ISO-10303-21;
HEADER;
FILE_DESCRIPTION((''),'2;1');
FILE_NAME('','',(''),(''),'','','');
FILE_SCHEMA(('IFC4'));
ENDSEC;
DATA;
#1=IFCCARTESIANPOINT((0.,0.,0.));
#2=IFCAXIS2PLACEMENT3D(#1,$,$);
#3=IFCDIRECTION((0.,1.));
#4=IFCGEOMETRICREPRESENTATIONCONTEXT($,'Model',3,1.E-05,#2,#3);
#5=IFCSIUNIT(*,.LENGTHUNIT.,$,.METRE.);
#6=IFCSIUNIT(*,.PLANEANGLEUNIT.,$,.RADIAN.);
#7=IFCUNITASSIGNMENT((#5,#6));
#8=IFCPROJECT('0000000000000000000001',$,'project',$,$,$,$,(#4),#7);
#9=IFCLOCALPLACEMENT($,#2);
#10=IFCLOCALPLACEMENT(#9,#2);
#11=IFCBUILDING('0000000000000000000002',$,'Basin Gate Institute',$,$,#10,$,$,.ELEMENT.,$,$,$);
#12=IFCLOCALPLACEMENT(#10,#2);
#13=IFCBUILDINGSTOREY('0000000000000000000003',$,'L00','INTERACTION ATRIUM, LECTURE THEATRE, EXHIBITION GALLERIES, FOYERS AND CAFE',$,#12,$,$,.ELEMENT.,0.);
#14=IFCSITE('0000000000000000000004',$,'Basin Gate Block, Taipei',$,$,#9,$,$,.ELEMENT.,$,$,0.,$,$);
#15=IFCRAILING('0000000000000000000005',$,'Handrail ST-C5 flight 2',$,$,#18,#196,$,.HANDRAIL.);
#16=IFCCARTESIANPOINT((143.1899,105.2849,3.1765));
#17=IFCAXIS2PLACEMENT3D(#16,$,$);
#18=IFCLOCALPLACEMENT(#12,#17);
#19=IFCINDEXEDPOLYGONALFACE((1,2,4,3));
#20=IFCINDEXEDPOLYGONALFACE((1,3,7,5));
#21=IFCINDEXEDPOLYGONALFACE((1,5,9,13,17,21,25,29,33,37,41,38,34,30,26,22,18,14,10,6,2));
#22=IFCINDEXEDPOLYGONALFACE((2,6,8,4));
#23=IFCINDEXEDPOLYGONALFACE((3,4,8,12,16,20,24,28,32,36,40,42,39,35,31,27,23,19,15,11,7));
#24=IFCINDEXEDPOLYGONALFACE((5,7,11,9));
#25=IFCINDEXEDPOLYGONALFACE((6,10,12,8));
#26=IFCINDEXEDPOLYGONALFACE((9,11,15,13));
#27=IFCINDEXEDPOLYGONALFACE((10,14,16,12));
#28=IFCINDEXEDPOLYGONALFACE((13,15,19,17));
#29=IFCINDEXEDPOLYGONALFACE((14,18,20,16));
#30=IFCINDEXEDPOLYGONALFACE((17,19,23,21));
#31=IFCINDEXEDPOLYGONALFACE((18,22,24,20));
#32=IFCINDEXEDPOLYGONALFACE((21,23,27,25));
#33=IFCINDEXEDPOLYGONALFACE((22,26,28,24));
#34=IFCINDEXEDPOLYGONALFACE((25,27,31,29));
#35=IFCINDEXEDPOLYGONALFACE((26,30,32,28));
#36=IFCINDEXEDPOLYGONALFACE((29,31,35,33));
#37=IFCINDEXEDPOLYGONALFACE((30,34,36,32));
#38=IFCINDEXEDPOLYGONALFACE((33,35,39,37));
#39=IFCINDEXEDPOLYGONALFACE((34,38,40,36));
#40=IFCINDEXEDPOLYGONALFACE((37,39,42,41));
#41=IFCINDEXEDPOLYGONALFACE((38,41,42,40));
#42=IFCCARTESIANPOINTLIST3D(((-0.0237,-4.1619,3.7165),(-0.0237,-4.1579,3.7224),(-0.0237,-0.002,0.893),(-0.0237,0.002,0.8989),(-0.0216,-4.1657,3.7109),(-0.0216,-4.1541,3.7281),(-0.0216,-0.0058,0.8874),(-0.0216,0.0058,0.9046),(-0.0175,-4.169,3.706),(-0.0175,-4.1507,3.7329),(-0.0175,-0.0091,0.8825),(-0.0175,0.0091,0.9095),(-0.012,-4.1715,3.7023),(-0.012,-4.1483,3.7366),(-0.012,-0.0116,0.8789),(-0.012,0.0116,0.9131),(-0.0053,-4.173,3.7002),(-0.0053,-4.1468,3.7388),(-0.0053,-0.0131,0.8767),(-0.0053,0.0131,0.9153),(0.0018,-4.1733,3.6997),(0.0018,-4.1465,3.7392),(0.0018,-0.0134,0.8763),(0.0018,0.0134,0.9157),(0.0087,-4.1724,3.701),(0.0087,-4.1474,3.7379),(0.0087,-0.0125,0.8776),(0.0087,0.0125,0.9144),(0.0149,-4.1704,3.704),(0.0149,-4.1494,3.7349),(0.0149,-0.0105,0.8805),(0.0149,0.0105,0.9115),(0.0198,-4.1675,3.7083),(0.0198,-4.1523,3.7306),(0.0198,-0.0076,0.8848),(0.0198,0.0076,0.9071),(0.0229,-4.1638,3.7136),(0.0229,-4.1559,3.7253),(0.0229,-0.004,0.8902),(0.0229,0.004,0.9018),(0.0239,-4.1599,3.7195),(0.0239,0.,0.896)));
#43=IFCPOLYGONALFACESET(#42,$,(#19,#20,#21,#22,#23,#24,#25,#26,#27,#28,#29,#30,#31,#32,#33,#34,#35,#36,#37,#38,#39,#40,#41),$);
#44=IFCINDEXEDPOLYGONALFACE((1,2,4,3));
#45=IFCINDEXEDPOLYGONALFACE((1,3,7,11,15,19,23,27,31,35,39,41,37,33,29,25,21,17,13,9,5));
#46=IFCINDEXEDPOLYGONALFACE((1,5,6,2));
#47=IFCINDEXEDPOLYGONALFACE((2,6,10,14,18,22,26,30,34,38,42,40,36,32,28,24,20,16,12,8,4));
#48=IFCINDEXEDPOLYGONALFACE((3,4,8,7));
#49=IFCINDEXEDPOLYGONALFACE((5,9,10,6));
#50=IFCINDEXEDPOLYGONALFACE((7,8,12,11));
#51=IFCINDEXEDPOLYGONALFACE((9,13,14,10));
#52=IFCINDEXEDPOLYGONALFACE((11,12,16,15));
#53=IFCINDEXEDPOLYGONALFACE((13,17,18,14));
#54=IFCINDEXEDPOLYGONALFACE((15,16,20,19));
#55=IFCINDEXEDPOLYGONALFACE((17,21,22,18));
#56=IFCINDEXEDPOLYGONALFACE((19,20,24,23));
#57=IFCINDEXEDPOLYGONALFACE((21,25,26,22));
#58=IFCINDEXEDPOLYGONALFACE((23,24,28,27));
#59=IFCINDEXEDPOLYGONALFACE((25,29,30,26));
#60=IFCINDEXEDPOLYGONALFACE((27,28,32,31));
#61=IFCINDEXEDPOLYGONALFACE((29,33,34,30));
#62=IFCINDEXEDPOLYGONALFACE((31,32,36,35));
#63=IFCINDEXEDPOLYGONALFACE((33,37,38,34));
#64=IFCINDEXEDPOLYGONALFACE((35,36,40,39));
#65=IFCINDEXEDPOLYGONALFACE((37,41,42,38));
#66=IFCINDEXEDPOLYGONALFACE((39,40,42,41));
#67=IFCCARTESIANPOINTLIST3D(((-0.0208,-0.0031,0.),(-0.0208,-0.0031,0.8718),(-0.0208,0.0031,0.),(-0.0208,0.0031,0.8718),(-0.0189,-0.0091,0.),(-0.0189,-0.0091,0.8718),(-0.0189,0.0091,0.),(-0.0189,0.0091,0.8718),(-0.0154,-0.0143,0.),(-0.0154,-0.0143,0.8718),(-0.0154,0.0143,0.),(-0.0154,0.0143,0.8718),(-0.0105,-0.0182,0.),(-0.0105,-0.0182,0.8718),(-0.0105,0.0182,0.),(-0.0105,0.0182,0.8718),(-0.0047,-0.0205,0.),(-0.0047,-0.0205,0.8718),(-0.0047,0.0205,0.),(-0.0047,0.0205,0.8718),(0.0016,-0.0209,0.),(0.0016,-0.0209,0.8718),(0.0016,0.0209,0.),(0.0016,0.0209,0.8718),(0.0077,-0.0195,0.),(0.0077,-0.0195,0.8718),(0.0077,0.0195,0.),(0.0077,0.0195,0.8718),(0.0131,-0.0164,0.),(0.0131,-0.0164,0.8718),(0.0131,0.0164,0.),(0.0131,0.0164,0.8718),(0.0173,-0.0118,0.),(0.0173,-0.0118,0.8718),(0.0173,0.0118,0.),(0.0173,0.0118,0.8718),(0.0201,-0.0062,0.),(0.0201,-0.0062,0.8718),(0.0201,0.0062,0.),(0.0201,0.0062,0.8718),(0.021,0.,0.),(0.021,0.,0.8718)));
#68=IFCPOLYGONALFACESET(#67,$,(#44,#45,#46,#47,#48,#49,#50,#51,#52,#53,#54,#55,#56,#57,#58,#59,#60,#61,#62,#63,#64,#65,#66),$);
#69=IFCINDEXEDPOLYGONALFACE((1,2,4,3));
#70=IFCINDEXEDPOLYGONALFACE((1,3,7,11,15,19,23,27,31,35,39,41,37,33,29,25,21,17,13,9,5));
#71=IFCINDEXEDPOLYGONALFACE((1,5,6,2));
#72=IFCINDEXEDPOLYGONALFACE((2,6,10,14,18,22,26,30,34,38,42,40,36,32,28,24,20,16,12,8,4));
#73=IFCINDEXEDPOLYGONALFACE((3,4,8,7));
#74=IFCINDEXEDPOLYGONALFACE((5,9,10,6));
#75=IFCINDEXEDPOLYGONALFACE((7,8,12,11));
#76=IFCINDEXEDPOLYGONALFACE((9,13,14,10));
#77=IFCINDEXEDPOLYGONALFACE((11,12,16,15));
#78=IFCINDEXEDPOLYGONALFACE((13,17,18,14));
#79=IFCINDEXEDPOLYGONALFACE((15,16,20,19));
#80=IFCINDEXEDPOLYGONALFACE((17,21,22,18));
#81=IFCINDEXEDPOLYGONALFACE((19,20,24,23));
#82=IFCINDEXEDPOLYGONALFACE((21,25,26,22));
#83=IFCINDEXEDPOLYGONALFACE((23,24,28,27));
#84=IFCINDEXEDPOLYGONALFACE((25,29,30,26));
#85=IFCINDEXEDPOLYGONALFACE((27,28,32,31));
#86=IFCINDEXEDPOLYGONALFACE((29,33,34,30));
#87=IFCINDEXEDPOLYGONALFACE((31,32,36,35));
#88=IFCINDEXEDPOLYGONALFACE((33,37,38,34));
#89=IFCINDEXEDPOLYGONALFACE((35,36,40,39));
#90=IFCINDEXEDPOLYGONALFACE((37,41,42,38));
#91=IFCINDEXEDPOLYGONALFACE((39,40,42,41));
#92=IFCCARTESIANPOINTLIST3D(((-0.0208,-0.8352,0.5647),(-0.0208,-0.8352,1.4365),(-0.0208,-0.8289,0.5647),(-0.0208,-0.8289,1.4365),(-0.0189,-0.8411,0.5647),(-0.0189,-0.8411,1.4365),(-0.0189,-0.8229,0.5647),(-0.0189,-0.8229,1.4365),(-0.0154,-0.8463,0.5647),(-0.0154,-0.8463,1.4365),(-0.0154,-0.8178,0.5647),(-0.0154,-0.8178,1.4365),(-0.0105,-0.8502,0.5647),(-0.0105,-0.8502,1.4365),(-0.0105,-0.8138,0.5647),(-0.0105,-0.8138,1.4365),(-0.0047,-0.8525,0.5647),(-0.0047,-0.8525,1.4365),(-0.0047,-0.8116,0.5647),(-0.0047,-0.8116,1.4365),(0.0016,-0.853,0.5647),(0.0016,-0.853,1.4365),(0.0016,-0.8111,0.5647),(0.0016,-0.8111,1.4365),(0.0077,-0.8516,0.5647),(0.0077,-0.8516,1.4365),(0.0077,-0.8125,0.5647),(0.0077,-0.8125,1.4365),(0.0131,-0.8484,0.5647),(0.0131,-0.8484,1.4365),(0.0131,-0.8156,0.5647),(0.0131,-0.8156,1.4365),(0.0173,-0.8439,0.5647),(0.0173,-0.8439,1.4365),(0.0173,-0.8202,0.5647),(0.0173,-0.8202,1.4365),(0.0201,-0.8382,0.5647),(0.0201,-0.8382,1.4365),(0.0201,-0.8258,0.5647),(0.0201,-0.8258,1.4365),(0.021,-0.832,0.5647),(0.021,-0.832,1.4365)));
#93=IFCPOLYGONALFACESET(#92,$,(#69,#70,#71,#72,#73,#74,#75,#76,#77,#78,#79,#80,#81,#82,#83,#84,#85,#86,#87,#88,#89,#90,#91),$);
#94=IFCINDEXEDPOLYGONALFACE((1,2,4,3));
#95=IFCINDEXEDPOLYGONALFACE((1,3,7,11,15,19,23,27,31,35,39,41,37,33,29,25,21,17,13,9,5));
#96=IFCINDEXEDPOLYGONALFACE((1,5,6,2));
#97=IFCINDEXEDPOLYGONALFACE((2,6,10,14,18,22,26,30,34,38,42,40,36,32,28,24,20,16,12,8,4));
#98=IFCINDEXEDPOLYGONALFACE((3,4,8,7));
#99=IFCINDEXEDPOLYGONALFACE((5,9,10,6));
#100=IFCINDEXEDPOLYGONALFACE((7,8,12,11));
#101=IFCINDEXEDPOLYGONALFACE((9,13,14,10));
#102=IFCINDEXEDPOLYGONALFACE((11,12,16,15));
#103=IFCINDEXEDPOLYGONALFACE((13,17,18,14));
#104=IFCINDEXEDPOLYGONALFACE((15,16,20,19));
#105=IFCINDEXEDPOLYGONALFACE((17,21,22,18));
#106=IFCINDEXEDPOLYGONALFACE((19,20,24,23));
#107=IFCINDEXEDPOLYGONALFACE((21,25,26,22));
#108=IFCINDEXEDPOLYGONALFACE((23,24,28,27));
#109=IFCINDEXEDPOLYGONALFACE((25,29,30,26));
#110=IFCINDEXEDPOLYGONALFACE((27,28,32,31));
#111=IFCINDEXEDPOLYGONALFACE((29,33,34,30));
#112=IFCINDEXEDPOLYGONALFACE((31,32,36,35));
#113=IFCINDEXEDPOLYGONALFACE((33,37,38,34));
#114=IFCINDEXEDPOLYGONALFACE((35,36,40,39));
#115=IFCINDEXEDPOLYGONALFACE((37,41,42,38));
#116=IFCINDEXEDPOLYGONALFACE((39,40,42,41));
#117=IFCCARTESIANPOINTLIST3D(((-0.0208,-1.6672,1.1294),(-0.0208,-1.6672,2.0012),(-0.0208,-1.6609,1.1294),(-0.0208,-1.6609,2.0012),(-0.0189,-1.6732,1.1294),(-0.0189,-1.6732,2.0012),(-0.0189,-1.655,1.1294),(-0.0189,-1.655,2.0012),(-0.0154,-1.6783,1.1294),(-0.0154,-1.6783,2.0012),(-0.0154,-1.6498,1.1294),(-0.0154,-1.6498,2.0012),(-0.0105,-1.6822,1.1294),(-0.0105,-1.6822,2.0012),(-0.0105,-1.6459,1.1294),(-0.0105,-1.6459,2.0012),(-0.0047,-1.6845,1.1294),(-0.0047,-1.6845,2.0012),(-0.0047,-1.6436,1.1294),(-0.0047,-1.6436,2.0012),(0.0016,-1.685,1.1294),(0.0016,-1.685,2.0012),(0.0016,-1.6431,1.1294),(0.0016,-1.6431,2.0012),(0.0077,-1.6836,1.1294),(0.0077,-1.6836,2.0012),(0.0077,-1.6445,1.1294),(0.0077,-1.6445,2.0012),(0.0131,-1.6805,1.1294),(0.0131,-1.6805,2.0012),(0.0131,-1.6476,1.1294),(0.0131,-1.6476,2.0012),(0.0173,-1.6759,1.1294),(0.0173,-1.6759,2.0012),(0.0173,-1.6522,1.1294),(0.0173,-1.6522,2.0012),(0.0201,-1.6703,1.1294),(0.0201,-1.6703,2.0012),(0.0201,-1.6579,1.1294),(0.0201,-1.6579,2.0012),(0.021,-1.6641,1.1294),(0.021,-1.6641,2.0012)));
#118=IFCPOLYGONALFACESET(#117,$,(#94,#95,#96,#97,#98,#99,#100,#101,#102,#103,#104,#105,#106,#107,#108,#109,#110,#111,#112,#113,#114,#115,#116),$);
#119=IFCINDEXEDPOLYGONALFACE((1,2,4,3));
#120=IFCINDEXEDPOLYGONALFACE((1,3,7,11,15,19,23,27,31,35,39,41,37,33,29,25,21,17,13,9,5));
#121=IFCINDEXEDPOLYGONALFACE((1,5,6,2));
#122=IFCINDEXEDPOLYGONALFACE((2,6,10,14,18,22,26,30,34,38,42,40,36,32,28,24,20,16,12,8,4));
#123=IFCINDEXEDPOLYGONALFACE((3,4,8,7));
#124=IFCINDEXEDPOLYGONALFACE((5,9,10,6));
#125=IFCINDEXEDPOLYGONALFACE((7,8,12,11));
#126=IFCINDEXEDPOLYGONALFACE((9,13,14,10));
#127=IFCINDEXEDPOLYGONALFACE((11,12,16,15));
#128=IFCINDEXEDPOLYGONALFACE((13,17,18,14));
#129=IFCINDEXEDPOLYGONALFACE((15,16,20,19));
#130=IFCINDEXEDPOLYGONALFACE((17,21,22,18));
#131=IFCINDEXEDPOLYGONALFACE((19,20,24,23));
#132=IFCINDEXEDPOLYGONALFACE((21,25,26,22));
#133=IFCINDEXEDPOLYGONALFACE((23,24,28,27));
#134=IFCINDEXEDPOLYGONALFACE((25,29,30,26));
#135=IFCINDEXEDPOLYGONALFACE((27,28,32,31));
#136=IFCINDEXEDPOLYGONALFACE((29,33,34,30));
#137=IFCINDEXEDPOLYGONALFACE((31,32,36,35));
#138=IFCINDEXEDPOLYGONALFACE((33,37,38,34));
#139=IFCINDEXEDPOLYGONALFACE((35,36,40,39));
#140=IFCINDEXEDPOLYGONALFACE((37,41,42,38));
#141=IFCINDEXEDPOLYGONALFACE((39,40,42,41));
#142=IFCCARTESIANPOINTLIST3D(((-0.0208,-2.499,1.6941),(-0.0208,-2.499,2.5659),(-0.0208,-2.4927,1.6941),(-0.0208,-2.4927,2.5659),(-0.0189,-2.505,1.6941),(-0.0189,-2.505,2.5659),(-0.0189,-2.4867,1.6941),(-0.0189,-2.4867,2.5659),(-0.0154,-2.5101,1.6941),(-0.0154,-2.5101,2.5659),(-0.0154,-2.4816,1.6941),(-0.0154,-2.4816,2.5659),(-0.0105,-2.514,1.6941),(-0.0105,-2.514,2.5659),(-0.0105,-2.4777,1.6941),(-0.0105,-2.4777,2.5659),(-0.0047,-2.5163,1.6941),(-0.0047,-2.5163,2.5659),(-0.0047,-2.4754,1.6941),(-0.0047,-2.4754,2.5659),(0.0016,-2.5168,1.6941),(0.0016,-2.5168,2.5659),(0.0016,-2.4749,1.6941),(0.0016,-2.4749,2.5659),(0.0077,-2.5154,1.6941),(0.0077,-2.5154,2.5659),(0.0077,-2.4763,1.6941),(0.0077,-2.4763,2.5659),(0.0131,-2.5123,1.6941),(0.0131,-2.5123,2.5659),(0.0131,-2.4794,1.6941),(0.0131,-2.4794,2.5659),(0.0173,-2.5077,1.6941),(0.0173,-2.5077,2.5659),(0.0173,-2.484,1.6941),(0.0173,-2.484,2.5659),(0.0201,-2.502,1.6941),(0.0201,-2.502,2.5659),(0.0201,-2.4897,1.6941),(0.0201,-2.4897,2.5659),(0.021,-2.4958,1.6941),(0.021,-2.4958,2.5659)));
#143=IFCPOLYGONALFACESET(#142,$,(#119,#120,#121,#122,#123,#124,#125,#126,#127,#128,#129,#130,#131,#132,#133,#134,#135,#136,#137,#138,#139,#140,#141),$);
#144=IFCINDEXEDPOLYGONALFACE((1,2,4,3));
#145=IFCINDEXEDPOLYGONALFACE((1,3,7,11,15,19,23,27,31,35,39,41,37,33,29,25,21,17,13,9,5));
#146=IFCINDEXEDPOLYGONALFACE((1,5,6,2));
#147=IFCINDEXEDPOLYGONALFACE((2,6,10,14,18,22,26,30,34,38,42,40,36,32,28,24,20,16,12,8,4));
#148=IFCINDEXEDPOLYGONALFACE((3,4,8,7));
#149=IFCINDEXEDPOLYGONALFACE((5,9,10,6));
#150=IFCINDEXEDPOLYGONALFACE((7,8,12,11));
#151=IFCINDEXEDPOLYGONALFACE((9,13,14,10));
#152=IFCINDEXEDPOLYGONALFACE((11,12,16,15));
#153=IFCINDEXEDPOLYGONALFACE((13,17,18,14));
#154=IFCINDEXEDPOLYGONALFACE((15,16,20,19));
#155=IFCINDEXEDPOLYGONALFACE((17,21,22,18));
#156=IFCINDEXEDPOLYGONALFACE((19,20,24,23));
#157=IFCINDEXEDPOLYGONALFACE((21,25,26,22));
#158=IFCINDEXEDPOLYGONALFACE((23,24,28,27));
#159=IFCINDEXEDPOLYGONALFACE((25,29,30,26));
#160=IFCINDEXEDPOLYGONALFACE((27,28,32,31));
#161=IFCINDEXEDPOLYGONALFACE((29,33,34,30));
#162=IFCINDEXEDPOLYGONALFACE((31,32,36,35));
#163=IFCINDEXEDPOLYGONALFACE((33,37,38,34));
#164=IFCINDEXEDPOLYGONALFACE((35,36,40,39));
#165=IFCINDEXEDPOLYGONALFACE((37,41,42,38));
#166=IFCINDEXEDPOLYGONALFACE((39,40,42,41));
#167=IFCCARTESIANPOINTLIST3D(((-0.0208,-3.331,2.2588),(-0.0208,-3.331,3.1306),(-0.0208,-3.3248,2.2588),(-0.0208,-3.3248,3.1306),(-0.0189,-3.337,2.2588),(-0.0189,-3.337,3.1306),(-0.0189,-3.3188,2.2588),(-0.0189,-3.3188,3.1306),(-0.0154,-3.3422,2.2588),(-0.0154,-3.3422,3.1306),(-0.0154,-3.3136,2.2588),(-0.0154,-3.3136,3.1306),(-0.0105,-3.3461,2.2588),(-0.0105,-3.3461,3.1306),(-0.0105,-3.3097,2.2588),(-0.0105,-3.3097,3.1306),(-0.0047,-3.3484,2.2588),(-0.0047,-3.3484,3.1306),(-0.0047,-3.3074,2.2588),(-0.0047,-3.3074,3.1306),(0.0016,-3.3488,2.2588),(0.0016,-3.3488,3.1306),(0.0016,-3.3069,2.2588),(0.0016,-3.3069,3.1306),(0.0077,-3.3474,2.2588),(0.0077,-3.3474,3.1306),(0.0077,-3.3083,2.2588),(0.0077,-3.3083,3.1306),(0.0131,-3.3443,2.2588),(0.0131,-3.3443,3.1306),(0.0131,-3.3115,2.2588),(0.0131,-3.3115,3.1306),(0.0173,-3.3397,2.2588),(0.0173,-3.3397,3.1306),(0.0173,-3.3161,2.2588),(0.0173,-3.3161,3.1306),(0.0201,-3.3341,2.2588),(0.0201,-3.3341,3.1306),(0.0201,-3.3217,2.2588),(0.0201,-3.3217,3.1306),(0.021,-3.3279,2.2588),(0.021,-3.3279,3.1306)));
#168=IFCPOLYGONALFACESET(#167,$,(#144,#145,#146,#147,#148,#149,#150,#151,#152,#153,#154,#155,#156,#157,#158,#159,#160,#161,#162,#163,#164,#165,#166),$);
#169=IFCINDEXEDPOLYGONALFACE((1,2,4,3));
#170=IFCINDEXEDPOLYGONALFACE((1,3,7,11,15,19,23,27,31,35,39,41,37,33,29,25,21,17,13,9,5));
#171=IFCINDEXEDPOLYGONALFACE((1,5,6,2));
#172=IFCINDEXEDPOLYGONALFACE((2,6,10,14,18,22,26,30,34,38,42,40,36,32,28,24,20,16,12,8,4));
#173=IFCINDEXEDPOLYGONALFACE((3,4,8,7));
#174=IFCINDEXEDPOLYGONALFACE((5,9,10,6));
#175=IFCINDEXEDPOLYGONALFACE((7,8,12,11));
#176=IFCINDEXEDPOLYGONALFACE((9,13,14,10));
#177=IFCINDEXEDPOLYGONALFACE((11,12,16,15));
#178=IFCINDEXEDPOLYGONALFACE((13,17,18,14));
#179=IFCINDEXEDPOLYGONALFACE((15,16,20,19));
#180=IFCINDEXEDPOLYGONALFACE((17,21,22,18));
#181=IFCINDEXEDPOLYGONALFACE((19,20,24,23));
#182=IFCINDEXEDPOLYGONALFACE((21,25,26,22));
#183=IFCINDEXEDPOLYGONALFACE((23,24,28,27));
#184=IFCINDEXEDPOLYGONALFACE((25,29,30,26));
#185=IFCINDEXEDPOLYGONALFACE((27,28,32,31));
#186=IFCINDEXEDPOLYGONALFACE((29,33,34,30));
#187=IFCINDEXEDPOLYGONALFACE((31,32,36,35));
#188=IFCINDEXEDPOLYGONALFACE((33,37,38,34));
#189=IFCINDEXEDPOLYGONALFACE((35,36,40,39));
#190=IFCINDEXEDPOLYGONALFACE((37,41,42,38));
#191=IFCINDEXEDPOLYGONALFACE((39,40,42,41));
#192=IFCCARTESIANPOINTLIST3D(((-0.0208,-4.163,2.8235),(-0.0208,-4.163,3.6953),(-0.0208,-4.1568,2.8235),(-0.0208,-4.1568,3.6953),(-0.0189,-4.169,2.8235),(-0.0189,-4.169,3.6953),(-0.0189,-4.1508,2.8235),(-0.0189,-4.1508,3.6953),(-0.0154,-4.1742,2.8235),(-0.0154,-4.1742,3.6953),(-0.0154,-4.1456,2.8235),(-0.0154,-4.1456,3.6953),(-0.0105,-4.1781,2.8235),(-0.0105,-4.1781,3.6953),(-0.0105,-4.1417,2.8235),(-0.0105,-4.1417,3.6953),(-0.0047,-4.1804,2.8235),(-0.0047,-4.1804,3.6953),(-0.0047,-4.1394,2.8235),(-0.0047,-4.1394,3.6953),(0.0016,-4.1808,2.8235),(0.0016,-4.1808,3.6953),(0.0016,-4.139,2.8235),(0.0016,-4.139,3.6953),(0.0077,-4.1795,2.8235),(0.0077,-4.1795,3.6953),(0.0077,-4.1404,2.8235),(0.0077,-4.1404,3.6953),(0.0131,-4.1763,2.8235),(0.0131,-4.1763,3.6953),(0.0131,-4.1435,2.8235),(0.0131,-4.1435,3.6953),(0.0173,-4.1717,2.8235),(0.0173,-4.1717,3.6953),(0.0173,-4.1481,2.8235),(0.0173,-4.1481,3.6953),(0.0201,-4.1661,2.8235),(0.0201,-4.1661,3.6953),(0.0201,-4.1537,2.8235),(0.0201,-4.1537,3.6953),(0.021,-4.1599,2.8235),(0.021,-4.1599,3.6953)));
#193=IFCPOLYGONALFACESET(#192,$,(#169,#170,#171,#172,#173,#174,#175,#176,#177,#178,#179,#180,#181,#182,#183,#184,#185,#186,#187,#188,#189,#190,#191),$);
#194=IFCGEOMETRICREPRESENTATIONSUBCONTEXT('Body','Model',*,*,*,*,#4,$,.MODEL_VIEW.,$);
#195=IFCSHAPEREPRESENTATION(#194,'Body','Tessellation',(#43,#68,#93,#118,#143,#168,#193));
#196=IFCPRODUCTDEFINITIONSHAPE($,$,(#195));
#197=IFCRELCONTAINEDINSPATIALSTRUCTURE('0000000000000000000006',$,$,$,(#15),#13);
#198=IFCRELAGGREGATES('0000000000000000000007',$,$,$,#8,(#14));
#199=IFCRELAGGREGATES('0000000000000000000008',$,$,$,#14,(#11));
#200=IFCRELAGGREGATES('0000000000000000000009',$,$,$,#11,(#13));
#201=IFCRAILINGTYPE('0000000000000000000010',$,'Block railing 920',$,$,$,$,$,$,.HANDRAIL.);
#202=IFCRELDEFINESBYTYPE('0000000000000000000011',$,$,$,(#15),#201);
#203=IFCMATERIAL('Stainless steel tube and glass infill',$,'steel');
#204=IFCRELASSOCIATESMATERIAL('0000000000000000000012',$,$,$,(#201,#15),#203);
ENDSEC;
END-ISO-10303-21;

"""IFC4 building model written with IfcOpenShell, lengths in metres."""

from ifc_helpers import new_model, si_unit, direction, frame, origin, origin_2d, place, context, subcontext, project, spatial, circle, extrude, material, type_object, element, save


model = new_model("IFC4")

# Units and contexts
model_context = context("Model", 3, precision=1e-05, world=origin(), true_north=direction((0.0, 1.0)))
body_context = subcontext(model_context, "Body", "Model", "MODEL_VIEW")
ifc_project = project(units=[si_unit("LENGTHUNIT", "METRE"), si_unit("PLANEANGLEUNIT", "RADIAN")], contexts=[model_context])

# Site, building, storey
site_placement = place(None, origin())
site = spatial("IfcSite", under=ifc_project, at=site_placement, Name="Basin Gate Block, Taipei", CompositionType="ELEMENT", RefElevation=0.0)
building_placement = place(site_placement, origin())
building = spatial("IfcBuilding", under=site, at=building_placement, Name="Basin Gate Institute", CompositionType="ELEMENT")
storey_placement = place(building_placement, origin())
storey = spatial("IfcBuildingStorey", under=building, at=storey_placement, Name="L00", Description="INTERACTION ATRIUM, LECTURE THEATRE, EXHIBITION GALLERIES, FOYERS AND CAFE", CompositionType="ELEMENT", Elevation=0.0)

# Railing
ifc_material_1 = material(Name="Stainless steel tube and glass infill", Category="steel")
railing_type_1 = type_object("IfcRailingType", Name="Block railing 920", PredefinedType="HANDRAIL", material=ifc_material_1)
for number, where, name in (
    (1, (143.1899, 105.2849, 3.1765), "Handrail ST-C5 flight 2"),
):
    element("IfcRailing", number, at=place(storey_placement, frame(where)), inside=storey, type_object=railing_type_1, material=ifc_material_1, Name=name, PredefinedType="HANDRAIL", context=body_context, shape_type="SweptSolid", body=[
        extrude(circle(Radius=0.0239, at=origin_2d()), frame((0.0, 0.0, 0.896), z_axis=(0.0, -0.827412, 0.561595), x_axis=(1.0, 0.0, 0.0)), (0.0, 0.0, 1.0), 5.0276),
        extrude(circle(Radius=0.021, at=origin_2d()), origin(), (0.0, 0.0, 1.0), 0.8718),
        extrude(circle(Radius=0.021, at=origin_2d()), frame((0.0, -0.832, 0.5647)), (0.0, 0.0, 1.0), 0.8718),
        extrude(circle(Radius=0.021, at=origin_2d()), frame((0.0, -1.6641, 1.1294)), (0.0, 0.0, 1.0), 0.8718),
        extrude(circle(Radius=0.021, at=origin_2d()), frame((0.0, -2.4958, 1.6941)), (0.0, 0.0, 1.0), 0.8718),
        extrude(circle(Radius=0.021, at=origin_2d()), frame((0.0, -3.3279, 2.2588)), (0.0, 0.0, 1.0), 0.8718),
        extrude(circle(Radius=0.021, at=origin_2d()), frame((0.0, -4.1599, 2.8235)), (0.0, 0.0, 1.0), 0.8718),
    ])

save(model, "model.ifc")
